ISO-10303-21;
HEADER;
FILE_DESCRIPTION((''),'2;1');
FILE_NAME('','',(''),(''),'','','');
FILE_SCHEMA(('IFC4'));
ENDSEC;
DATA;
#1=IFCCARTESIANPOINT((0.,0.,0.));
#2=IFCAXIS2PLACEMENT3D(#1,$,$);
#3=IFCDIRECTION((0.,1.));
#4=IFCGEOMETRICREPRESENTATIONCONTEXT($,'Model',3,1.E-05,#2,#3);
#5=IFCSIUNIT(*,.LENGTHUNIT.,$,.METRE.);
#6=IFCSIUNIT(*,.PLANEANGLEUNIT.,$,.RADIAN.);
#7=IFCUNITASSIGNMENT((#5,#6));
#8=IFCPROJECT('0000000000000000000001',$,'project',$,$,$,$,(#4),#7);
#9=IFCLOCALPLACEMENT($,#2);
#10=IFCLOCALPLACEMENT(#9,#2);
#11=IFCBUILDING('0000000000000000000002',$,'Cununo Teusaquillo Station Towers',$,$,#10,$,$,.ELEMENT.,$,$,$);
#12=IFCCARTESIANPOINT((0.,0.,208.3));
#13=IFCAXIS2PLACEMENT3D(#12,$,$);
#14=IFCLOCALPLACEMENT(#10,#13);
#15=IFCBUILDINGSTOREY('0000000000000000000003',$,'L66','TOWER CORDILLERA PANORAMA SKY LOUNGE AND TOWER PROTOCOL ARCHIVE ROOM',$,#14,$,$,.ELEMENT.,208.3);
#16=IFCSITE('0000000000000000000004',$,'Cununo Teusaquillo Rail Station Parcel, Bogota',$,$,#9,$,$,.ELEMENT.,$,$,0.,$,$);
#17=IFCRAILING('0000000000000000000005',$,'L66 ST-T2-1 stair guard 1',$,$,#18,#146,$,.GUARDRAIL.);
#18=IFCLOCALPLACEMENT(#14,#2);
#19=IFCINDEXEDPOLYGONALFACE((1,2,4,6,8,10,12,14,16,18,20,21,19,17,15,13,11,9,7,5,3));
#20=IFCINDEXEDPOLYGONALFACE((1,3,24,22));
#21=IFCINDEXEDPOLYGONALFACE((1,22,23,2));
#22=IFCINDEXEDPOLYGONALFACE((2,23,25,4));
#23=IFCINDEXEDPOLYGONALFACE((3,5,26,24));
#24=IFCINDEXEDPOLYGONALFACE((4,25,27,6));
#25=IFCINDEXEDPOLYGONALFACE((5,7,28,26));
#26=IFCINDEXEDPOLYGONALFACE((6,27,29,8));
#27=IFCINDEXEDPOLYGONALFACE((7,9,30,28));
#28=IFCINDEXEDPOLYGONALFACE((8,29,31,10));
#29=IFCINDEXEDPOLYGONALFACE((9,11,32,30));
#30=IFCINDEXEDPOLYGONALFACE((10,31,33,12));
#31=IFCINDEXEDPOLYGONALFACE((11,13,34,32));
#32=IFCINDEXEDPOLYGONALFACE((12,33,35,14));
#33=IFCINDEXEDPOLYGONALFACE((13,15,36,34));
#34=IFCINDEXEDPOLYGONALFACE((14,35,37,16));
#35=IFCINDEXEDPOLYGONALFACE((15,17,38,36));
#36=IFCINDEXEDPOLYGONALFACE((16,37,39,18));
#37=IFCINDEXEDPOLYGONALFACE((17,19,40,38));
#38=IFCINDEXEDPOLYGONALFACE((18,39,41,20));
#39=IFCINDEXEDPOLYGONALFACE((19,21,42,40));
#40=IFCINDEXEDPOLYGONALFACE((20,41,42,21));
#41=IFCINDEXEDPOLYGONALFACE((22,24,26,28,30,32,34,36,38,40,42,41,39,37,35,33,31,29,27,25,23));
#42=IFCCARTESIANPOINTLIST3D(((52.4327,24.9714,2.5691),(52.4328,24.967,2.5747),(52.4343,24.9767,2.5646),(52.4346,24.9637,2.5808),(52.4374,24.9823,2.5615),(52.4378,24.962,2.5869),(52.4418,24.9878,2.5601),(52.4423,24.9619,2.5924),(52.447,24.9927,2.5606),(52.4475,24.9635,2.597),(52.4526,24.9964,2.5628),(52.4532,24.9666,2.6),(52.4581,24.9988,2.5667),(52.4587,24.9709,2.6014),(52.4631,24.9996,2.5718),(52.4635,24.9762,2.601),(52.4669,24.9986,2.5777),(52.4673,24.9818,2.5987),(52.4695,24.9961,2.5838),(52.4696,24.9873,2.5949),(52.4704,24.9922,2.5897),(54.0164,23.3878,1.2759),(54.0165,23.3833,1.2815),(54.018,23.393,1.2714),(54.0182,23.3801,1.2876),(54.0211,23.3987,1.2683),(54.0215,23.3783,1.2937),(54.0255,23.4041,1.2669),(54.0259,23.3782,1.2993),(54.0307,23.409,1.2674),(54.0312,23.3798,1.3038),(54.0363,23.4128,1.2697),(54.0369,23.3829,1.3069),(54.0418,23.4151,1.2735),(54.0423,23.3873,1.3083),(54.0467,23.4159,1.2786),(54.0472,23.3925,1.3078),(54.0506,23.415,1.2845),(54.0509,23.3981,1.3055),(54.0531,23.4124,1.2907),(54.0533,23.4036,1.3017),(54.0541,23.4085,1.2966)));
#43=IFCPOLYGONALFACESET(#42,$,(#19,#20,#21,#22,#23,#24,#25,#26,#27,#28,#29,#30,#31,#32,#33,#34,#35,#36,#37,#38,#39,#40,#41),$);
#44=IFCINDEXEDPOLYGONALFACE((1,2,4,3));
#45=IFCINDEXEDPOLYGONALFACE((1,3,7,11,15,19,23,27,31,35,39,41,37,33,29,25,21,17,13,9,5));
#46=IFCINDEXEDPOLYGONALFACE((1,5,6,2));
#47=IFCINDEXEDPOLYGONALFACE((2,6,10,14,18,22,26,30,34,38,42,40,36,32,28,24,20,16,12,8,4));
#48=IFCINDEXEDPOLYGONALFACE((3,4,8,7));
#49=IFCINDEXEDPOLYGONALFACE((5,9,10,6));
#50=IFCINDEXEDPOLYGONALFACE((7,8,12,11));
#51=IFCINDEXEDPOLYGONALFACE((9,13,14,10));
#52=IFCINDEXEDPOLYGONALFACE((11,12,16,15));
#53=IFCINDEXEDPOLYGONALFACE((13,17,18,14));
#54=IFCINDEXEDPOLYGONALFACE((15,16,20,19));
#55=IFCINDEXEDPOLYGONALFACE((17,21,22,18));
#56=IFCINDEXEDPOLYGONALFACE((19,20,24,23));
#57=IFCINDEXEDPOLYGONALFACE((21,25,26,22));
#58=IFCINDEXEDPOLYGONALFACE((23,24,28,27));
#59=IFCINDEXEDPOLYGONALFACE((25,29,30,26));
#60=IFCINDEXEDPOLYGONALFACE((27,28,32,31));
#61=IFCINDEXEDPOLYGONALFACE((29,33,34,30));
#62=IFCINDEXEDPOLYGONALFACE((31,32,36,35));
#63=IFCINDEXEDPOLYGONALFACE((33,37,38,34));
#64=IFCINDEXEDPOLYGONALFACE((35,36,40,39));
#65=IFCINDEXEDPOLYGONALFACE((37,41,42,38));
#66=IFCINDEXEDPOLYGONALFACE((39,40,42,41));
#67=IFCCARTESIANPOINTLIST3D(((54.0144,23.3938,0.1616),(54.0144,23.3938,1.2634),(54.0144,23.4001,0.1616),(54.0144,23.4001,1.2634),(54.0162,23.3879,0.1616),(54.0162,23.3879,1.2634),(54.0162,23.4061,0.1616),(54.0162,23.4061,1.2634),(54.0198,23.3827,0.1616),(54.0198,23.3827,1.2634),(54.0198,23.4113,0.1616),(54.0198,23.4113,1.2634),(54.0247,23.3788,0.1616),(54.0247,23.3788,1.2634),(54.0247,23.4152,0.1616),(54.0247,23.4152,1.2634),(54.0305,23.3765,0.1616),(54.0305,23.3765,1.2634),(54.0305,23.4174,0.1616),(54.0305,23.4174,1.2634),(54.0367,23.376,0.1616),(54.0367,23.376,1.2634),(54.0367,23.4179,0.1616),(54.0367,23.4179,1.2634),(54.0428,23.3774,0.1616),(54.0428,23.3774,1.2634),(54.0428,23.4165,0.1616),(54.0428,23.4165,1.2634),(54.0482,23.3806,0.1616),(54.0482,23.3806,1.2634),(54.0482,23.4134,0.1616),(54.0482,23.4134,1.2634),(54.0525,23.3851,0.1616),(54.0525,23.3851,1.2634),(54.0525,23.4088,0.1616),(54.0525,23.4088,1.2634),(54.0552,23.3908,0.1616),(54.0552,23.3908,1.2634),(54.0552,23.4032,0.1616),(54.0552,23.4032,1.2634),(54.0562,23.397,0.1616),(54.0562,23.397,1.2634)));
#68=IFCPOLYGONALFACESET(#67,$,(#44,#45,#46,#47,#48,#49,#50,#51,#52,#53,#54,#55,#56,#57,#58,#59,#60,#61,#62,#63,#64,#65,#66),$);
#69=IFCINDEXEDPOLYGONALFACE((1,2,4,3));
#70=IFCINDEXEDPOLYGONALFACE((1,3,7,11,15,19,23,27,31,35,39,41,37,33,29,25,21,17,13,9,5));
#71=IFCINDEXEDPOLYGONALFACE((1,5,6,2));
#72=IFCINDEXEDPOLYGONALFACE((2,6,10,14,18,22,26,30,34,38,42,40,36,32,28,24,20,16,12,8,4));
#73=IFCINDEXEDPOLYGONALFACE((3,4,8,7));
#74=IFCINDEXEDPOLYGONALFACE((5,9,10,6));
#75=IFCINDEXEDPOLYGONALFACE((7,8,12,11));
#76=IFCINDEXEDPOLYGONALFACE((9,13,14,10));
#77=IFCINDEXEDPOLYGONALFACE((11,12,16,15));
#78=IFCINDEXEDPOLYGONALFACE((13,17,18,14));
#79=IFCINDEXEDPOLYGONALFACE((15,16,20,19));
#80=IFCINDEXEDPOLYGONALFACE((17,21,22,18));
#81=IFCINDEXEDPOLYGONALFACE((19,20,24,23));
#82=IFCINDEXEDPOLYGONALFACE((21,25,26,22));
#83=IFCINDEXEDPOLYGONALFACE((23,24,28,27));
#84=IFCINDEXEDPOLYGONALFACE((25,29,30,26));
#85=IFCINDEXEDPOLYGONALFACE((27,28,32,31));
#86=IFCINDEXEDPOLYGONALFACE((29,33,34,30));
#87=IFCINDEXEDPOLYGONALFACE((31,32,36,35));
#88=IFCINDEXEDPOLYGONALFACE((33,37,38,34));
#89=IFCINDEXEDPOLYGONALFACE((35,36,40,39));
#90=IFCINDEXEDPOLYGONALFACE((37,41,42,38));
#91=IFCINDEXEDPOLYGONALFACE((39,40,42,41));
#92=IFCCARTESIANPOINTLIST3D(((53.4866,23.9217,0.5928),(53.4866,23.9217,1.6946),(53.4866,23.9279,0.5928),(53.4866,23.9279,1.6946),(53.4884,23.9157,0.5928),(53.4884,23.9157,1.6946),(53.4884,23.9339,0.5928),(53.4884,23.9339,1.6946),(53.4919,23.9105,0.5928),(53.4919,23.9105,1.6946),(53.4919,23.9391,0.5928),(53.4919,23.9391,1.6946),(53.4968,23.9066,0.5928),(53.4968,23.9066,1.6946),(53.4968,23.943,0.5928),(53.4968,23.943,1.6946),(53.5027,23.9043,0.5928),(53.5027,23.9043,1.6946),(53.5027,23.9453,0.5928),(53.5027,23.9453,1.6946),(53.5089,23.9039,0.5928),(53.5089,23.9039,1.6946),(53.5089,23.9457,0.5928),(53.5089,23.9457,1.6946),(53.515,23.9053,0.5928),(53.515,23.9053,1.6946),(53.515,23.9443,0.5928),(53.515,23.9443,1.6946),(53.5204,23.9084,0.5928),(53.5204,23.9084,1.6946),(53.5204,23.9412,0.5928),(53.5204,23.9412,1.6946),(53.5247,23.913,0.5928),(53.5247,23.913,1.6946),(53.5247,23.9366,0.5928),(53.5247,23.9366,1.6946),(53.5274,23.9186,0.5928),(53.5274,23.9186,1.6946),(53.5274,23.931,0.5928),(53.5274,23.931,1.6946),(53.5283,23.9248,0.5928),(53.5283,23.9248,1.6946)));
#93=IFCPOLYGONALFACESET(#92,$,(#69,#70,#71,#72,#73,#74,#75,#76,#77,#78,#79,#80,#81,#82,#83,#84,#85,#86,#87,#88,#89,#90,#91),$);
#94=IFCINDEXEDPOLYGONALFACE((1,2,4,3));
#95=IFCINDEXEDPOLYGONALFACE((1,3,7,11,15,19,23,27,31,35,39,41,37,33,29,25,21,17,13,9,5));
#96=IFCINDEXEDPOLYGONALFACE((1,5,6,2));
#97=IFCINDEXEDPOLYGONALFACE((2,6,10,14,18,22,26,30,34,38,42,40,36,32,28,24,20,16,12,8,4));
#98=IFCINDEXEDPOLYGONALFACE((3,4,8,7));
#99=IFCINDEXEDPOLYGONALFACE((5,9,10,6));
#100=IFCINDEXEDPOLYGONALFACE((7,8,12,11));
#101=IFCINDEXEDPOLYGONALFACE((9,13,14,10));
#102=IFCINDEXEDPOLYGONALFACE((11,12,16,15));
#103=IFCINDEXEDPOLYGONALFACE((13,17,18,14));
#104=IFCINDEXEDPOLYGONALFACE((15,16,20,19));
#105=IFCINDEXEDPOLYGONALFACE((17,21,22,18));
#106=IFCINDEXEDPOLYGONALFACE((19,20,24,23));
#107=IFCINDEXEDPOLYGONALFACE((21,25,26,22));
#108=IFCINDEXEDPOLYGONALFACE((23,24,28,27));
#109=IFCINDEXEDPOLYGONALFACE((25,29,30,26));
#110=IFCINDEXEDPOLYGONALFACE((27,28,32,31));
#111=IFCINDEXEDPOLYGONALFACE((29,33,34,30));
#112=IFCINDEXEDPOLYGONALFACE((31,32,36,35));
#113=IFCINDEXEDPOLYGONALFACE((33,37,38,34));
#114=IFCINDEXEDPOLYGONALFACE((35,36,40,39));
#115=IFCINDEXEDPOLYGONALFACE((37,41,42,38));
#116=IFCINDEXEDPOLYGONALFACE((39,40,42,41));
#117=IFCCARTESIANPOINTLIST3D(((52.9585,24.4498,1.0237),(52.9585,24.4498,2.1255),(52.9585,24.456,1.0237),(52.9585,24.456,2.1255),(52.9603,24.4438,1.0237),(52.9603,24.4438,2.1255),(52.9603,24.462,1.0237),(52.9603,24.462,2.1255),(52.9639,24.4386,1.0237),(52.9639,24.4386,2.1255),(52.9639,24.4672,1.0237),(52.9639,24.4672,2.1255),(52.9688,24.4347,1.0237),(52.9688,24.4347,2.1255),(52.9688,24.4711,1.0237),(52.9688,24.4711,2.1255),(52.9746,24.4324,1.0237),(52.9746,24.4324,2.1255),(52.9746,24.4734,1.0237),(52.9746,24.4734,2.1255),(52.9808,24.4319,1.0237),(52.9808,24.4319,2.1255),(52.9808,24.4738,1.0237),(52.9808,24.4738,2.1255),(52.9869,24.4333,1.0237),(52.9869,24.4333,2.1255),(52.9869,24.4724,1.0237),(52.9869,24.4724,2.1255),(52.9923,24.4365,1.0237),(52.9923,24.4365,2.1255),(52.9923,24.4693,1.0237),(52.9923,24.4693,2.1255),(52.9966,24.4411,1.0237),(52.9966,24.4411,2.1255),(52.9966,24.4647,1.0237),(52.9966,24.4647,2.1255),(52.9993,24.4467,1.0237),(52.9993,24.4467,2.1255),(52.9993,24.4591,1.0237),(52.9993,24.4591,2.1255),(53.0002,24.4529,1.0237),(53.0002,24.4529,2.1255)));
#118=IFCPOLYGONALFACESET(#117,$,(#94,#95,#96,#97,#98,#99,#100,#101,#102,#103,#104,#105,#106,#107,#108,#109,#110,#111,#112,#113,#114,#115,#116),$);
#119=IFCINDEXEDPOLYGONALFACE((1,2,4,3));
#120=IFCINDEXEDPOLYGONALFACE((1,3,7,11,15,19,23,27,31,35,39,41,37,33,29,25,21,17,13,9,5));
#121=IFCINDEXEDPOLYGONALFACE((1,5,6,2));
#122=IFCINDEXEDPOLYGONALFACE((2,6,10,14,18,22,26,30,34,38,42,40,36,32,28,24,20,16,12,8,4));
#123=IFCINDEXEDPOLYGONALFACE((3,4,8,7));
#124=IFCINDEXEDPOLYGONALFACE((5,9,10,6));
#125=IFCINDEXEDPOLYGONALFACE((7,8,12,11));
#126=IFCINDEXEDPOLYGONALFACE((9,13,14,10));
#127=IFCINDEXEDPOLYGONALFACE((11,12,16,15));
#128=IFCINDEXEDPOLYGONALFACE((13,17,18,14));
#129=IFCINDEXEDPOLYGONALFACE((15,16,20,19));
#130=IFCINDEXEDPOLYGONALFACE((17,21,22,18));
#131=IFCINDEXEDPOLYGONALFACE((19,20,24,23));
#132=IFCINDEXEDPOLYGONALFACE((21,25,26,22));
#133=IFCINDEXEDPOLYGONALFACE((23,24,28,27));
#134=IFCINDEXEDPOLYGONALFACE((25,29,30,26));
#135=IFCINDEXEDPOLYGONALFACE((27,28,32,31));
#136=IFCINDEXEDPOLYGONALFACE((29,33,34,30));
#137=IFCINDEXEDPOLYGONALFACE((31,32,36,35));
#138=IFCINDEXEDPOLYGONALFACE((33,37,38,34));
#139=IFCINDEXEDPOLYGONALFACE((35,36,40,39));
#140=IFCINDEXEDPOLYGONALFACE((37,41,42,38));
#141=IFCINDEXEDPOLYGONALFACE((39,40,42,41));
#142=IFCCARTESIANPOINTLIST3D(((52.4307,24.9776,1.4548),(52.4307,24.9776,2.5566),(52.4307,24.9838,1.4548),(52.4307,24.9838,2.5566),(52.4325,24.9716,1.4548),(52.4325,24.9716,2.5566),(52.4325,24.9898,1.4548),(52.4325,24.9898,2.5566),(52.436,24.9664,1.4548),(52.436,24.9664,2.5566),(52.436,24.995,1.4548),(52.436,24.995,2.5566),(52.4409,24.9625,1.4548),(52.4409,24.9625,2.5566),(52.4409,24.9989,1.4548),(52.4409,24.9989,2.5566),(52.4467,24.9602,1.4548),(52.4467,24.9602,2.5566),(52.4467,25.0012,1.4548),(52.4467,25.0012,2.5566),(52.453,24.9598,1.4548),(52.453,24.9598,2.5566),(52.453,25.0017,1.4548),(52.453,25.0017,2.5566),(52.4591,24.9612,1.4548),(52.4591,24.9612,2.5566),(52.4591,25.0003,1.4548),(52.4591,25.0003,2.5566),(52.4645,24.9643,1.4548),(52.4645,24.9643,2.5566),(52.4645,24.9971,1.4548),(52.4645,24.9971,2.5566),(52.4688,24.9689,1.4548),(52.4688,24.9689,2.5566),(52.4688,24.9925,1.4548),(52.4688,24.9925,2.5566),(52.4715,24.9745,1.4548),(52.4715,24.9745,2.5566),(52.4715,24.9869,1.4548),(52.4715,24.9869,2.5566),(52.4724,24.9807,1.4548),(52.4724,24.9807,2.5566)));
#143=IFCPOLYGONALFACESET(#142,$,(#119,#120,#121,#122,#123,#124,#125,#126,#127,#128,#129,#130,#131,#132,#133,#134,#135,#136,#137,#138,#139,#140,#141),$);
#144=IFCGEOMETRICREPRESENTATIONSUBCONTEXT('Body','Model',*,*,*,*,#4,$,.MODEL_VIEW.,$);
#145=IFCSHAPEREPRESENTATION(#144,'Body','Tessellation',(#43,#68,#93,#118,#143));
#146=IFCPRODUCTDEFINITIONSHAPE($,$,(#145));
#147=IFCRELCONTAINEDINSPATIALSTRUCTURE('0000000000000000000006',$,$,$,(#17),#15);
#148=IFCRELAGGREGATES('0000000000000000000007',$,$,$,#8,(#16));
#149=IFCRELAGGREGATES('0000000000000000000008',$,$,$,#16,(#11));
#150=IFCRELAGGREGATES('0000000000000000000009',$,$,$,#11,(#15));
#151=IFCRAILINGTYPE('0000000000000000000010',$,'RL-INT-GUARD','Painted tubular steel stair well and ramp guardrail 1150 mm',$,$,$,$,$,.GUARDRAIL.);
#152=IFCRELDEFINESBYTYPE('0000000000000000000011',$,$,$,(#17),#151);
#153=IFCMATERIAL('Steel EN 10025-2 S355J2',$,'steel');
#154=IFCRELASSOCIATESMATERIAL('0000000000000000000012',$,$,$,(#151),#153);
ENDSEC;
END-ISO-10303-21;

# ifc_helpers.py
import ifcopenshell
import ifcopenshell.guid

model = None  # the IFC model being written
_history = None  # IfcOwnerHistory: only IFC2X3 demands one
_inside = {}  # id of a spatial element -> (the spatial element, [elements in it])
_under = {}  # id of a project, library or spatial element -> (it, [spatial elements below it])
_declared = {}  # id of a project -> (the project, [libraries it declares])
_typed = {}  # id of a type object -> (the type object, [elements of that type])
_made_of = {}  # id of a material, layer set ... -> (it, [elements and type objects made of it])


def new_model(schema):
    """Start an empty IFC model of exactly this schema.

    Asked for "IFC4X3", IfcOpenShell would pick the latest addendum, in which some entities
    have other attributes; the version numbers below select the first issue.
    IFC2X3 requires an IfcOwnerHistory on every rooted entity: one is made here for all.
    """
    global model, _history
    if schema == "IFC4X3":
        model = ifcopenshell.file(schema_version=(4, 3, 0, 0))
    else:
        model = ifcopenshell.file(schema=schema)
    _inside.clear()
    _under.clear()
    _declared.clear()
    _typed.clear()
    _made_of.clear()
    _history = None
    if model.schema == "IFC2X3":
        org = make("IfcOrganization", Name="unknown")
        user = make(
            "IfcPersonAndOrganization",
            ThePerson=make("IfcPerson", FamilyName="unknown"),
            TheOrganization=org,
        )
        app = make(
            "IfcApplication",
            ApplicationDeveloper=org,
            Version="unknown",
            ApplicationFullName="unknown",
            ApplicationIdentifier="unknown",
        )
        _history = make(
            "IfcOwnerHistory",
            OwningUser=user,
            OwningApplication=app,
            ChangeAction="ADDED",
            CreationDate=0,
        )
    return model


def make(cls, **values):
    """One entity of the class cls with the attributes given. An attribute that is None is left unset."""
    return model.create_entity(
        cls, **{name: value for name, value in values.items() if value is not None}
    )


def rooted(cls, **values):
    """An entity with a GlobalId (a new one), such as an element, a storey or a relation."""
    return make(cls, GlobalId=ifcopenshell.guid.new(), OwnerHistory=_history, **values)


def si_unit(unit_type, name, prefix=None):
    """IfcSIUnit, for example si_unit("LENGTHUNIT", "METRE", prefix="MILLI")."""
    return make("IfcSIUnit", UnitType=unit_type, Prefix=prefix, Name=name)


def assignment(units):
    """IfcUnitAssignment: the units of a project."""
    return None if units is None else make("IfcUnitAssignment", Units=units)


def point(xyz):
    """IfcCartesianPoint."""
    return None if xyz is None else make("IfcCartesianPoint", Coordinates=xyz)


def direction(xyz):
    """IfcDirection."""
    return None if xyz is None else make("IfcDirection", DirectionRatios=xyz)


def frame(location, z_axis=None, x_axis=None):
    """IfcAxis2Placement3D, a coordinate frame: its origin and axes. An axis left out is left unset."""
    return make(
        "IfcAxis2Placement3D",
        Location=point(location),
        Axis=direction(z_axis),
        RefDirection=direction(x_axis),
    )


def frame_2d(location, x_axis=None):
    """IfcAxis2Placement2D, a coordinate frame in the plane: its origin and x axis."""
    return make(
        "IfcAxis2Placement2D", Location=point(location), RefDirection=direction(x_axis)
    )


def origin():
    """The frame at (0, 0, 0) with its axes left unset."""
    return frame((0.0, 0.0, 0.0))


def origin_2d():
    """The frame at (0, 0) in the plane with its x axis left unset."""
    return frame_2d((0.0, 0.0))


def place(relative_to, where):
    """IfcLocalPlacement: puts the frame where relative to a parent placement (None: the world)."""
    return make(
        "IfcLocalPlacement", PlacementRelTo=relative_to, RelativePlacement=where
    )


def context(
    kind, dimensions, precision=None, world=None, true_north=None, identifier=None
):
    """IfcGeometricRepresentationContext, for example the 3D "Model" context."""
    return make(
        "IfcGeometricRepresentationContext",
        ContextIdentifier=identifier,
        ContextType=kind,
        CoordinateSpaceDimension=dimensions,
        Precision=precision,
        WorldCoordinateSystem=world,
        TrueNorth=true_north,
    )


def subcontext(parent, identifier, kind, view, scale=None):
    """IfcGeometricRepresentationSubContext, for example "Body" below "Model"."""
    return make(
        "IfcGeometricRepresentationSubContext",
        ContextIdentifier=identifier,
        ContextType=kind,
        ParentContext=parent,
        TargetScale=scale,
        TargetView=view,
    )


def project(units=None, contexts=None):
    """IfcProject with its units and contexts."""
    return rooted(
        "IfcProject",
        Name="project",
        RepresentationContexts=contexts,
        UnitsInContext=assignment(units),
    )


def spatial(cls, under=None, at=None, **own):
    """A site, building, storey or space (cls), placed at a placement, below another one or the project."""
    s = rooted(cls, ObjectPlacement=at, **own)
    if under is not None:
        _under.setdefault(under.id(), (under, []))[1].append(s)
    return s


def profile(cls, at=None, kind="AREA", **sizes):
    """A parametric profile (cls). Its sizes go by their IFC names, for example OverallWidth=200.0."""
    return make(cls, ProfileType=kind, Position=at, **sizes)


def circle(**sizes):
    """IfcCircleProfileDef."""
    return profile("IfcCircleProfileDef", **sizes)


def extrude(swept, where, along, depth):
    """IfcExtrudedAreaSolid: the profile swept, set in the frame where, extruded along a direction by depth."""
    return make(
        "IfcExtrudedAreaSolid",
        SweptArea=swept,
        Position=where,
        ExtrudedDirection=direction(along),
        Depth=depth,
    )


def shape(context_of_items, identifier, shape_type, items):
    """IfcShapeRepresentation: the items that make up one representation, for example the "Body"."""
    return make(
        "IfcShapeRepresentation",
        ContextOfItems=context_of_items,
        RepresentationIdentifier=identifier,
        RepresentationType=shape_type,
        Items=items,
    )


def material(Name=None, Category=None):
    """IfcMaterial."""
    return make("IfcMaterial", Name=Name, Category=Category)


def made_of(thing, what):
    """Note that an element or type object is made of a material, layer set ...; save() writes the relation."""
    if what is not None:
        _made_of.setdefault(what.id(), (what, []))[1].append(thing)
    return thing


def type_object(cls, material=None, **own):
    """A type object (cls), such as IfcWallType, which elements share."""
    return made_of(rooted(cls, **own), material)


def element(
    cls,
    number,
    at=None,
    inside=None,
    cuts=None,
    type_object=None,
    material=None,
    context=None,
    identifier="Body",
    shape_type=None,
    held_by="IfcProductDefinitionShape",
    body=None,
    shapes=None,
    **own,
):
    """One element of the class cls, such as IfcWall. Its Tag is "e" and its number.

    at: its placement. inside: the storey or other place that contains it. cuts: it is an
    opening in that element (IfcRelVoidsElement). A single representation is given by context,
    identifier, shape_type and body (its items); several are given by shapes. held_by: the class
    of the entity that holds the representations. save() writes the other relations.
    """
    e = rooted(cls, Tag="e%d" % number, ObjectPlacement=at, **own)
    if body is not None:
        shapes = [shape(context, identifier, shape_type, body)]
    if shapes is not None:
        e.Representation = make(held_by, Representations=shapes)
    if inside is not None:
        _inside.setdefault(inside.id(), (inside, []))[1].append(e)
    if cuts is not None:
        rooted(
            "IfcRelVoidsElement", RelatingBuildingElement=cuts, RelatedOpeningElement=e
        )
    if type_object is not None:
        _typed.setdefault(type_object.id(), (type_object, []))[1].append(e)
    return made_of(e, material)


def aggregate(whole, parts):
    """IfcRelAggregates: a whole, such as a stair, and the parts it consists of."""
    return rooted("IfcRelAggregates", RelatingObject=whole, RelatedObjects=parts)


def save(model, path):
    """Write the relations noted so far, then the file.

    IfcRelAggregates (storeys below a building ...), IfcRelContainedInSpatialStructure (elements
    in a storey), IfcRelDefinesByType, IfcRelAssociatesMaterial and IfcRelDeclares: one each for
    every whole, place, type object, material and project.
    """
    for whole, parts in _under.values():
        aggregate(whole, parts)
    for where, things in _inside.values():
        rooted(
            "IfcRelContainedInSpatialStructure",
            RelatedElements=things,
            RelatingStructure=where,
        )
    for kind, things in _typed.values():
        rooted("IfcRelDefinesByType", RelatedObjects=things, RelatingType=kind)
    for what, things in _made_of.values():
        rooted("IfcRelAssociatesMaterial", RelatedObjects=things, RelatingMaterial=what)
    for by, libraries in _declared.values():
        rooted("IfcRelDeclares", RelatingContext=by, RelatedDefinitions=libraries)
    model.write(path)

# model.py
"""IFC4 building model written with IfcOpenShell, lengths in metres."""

from ifc_helpers import new_model, si_unit, direction, frame, origin, origin_2d, place, context, subcontext, project, spatial, circle, extrude, material, type_object, element, save


model = new_model("IFC4")

# Units and contexts
model_context = context("Model", 3, precision=1e-05, world=origin(), true_north=direction((0.0, 1.0)))
body_context = subcontext(model_context, "Body", "Model", "MODEL_VIEW")
ifc_project = project(units=[si_unit("LENGTHUNIT", "METRE"), si_unit("PLANEANGLEUNIT", "RADIAN")], contexts=[model_context])

# Site, building, storey
site_placement = place(None, origin())
site = spatial("IfcSite", under=ifc_project, at=site_placement, Name="Cununo Teusaquillo Rail Station Parcel, Bogota", CompositionType="ELEMENT", RefElevation=0.0)
building_placement = place(site_placement, origin())
building = spatial("IfcBuilding", under=site, at=building_placement, Name="Cununo Teusaquillo Station Towers", CompositionType="ELEMENT")
storey_placement = place(building_placement, frame((0.0, 0.0, 208.3)))
storey = spatial("IfcBuildingStorey", under=building, at=storey_placement, Name="L66", Description="TOWER CORDILLERA PANORAMA SKY LOUNGE AND TOWER PROTOCOL ARCHIVE ROOM", CompositionType="ELEMENT", Elevation=208.3)

# Railing
ifc_material_1 = material(Name="Steel EN 10025-2 S355J2", Category="steel")
railing_type_1 = type_object("IfcRailingType", Name="RL-INT-GUARD", Description="Painted tubular steel stair well and ramp guardrail 1150 mm", PredefinedType="GUARDRAIL", material=ifc_material_1)
railing_1_placement = place(storey_placement, frame((54.0352, 23.397, 0.1616)))
element("IfcRailing", 1, at=railing_1_placement, inside=storey, type_object=railing_type_1, Name="L66 ST-T2-1 stair guard 1", PredefinedType="GUARDRAIL", context=body_context, shape_type="SweptSolid", body=[
    extrude(circle(Radius=0.0239, at=origin_2d()), frame((0.0, 0.0, 1.126), z_axis=(-0.612361, 0.612361, 0.500027), x_axis=(-0.707107, -0.707107, 0.0)), (0.0, 0.0, 1.0), 2.5862),
    extrude(circle(Radius=0.021, at=origin_2d()), origin(), (0.0, 0.0, 1.0), 1.1018),
    extrude(circle(Radius=0.021, at=origin_2d()), frame((-0.5278, 0.5278, 0.4312)), (0.0, 0.0, 1.0), 1.1018),
    extrude(circle(Radius=0.021, at=origin_2d()), frame((-1.0559, 1.0559, 0.8621)), (0.0, 0.0, 1.0), 1.1018),
    extrude(circle(Radius=0.021, at=origin_2d()), frame((-1.5837, 1.5837, 1.2932)), (0.0, 0.0, 1.0), 1.1018),
])

save(model, "model.ifc")
